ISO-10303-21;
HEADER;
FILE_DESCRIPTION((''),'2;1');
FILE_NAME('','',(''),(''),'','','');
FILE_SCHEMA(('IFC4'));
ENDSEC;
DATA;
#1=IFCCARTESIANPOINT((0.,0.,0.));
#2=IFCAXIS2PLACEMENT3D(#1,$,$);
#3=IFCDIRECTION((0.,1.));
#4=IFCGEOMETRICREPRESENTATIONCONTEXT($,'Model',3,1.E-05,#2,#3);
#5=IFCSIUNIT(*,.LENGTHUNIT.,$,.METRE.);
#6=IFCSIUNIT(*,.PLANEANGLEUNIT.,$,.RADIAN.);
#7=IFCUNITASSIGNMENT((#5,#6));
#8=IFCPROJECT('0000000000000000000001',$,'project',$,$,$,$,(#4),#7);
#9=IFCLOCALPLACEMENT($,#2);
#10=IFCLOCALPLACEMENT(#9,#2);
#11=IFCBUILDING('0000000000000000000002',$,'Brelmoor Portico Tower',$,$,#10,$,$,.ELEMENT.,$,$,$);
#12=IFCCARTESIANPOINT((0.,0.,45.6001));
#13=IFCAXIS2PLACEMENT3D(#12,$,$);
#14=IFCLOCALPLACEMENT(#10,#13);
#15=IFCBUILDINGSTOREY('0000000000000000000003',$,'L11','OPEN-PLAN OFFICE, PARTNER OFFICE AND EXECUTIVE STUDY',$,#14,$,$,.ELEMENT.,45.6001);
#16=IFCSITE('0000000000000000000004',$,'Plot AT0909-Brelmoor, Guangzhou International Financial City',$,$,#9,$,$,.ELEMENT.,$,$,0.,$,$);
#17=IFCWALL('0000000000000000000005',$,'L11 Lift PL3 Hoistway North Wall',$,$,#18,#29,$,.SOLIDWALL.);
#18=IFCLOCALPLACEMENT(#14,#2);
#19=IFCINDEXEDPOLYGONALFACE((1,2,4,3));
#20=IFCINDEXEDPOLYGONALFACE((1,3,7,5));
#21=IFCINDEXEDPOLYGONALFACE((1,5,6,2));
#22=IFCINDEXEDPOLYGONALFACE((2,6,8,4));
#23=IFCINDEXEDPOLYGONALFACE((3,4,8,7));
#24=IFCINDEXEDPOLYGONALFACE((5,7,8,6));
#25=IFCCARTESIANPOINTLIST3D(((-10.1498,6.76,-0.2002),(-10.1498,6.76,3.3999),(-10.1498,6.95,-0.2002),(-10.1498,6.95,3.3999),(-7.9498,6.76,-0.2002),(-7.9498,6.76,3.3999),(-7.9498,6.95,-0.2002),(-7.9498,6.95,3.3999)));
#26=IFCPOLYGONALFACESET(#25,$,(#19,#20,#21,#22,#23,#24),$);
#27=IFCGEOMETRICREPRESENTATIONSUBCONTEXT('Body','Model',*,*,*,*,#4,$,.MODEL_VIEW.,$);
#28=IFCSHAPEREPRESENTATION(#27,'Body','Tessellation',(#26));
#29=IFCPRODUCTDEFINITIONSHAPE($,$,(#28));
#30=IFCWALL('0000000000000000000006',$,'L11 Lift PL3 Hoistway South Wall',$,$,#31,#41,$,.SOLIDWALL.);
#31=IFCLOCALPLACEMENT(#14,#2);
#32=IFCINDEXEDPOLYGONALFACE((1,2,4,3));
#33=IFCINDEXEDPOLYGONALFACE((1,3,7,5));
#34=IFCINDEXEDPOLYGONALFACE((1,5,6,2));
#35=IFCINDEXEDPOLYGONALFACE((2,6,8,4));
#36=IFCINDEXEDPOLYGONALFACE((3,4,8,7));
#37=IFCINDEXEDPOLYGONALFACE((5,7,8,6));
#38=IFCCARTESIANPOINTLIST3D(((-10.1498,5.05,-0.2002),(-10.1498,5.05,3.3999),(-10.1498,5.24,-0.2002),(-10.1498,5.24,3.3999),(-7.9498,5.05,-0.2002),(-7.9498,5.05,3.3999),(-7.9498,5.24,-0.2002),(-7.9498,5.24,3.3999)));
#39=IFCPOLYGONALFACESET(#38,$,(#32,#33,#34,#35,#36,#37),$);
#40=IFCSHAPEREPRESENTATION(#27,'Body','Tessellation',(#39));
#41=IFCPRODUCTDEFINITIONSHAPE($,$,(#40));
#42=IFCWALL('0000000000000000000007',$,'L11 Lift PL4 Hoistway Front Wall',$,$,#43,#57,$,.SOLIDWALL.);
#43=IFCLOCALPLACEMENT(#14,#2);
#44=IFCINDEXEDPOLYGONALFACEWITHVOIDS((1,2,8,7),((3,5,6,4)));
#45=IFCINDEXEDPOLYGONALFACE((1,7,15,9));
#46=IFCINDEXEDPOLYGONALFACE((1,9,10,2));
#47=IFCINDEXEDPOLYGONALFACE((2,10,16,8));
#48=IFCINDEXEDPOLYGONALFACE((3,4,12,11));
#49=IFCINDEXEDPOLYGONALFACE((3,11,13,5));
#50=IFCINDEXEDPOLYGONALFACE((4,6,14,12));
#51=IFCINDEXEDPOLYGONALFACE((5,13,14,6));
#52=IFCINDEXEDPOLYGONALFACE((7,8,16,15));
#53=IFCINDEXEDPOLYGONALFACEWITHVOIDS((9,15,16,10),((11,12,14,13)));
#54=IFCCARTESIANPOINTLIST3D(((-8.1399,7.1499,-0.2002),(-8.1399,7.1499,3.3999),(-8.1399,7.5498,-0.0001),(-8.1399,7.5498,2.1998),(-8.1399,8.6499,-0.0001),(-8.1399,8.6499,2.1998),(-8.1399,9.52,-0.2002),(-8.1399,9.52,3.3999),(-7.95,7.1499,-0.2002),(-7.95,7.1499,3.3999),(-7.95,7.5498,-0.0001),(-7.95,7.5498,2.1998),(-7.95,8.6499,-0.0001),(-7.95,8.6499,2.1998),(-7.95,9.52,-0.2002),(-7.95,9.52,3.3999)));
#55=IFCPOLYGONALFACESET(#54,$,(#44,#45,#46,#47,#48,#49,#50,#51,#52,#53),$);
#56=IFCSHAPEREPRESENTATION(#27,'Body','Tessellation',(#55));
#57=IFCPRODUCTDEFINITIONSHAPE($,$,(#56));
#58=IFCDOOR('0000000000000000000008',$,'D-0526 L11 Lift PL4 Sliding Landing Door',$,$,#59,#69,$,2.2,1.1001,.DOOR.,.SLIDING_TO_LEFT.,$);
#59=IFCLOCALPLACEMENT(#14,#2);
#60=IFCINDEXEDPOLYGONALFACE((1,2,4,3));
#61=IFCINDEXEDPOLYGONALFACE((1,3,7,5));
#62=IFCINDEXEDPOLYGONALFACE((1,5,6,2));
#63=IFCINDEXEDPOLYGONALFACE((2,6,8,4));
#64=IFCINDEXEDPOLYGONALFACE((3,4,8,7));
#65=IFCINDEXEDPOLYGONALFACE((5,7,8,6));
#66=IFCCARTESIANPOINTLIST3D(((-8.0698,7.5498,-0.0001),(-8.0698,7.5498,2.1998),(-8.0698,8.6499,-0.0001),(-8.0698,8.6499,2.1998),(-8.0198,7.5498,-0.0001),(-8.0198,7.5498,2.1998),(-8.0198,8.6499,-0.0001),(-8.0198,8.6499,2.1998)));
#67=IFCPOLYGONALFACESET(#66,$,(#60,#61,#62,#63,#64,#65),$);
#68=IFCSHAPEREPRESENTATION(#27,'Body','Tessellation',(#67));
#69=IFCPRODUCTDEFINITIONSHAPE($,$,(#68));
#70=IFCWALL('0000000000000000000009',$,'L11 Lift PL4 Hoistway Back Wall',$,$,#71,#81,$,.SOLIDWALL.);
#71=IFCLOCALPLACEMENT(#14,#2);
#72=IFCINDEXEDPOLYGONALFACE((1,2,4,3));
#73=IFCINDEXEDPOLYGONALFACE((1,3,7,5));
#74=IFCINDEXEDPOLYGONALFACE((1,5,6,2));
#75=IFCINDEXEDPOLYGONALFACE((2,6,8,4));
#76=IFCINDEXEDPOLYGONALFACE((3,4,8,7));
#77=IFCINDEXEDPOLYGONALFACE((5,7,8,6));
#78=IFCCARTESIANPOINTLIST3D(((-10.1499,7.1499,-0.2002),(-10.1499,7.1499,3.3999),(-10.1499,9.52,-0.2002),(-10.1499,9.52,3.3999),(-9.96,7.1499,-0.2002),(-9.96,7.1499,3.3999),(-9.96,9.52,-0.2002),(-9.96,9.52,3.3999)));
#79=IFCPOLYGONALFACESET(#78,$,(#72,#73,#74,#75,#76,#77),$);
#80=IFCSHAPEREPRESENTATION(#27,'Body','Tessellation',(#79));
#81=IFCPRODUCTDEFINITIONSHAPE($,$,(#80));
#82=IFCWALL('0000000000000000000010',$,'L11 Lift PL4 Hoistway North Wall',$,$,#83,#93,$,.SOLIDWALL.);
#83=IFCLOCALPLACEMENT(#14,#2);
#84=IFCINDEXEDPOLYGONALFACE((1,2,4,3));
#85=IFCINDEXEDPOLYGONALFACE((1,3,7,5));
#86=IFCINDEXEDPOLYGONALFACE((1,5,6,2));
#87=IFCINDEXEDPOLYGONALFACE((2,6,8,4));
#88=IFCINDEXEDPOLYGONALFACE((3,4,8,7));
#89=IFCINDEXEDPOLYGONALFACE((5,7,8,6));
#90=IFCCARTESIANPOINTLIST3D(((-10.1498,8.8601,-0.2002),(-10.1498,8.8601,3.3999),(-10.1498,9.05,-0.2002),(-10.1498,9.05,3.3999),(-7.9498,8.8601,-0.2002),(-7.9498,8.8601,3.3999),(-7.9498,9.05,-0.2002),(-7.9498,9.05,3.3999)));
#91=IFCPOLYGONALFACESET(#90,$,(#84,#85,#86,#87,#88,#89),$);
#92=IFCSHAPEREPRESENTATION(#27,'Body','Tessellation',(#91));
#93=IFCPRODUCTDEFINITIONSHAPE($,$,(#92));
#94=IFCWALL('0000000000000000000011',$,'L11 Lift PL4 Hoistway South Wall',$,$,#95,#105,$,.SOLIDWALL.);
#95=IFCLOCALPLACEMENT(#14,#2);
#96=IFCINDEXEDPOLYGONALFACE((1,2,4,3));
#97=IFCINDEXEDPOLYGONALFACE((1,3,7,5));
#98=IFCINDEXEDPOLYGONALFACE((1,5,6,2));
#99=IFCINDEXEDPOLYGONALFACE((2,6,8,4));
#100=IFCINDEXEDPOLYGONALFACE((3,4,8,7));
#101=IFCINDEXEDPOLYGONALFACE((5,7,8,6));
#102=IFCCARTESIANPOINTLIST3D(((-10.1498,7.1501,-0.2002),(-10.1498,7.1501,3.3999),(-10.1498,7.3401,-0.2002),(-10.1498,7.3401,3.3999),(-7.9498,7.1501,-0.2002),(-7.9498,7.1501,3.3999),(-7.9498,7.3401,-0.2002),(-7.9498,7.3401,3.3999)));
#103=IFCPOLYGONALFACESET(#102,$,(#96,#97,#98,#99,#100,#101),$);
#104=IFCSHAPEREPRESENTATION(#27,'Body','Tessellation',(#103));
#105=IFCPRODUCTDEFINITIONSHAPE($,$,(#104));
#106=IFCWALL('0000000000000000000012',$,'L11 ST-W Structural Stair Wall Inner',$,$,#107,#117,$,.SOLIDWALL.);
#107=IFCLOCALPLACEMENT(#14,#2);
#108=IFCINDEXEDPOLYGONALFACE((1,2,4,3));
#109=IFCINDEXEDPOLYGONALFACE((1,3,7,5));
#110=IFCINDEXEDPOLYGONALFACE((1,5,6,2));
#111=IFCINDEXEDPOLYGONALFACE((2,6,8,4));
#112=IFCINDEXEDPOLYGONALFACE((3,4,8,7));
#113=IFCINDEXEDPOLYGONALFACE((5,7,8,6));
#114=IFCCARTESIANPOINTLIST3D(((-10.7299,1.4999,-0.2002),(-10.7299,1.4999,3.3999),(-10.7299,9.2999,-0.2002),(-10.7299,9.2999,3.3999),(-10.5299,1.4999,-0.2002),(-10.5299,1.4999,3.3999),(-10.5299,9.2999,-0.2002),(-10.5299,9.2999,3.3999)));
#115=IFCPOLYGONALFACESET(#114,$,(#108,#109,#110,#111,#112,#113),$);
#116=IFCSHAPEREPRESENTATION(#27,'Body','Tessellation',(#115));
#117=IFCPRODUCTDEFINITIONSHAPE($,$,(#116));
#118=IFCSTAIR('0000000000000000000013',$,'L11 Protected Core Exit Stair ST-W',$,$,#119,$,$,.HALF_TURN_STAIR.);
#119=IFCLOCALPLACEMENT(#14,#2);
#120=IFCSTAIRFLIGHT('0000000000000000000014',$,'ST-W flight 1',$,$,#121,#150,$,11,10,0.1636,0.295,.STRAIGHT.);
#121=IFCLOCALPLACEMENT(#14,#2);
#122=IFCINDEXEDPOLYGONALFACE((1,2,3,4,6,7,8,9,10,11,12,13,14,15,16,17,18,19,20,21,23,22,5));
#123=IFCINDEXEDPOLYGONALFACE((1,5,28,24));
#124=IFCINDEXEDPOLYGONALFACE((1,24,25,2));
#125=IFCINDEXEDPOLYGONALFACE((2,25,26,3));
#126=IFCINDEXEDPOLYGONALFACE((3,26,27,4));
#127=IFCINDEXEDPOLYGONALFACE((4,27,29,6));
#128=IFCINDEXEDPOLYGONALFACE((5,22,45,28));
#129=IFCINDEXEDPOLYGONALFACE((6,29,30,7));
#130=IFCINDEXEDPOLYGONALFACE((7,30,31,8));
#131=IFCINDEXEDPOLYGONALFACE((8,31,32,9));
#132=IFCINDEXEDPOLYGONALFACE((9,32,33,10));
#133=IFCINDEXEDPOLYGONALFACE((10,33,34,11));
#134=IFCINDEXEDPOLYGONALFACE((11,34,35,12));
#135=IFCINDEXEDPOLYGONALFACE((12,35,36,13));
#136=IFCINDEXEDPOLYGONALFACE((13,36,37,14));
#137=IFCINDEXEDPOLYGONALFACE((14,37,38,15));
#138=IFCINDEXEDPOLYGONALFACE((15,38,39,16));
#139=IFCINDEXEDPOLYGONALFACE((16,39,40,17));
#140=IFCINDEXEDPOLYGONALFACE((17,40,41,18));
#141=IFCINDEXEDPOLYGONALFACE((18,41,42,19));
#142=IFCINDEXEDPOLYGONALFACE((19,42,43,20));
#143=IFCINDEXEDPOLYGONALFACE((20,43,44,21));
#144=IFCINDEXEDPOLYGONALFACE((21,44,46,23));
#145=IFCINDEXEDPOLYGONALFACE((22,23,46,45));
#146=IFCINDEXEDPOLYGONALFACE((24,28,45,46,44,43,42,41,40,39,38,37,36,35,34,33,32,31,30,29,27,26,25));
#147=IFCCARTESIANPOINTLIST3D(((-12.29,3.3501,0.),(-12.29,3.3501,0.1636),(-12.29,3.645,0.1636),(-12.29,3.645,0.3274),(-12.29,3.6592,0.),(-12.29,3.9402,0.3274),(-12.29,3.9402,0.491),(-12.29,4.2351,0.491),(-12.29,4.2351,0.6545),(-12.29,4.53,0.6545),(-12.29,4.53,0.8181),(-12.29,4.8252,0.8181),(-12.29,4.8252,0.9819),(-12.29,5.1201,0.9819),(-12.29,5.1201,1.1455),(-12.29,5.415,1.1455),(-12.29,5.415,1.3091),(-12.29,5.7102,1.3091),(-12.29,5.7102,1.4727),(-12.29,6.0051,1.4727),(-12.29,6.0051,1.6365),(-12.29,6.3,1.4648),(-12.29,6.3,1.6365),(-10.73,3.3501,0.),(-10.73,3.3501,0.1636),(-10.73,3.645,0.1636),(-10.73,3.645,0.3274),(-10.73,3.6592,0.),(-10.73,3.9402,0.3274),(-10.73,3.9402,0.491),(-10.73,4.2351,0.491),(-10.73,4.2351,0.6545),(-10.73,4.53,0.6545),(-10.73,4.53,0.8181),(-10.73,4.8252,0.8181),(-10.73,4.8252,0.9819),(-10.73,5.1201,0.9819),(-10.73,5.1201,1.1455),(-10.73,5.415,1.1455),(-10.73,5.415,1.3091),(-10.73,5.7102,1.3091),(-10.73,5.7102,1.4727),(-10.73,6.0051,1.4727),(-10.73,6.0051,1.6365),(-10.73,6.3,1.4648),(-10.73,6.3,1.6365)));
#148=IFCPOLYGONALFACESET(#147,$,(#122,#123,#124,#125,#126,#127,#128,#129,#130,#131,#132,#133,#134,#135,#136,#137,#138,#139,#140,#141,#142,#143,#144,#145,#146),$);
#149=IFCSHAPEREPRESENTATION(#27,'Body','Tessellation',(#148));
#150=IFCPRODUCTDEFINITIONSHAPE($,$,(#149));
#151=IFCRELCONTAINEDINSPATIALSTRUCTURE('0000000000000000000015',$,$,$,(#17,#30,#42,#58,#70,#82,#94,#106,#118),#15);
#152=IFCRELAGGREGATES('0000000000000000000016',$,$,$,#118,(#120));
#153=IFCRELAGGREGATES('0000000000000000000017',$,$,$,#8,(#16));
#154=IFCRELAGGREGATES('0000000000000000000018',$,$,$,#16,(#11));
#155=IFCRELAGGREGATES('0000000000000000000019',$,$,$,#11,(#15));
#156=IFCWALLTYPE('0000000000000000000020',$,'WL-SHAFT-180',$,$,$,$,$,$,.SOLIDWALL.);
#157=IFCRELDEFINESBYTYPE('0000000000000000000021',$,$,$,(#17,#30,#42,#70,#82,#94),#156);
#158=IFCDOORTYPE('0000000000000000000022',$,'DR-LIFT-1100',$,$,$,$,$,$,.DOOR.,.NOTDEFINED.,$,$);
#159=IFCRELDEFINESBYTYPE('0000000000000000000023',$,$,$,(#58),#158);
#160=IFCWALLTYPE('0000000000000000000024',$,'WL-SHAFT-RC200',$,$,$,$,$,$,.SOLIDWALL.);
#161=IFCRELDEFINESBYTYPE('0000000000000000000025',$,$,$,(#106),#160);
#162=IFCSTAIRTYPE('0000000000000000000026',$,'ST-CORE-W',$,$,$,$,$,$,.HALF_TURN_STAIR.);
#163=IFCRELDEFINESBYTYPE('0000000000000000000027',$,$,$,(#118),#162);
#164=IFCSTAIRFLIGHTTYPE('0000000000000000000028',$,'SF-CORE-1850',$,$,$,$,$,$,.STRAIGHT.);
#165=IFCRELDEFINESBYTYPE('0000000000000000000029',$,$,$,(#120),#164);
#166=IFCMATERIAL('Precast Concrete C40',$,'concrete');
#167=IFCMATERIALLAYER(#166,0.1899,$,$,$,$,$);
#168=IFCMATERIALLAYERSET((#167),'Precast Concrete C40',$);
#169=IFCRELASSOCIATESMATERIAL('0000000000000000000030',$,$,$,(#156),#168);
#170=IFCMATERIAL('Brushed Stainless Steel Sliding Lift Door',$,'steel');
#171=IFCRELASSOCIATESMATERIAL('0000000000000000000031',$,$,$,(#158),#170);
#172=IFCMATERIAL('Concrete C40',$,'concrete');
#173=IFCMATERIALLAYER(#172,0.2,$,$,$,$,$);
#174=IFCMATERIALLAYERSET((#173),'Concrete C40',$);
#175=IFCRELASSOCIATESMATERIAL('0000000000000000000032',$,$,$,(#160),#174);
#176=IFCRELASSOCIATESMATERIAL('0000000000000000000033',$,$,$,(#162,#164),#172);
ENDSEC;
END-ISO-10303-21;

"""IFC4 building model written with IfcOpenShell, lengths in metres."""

from ifc_helpers import new_model, si_unit, direction, frame, frame_2d, origin, place, context, subcontext, project, spatial, polyline, rectangle, outline, extrude, material, layer, layer_set, type_object, element, fill, aggregate, save


model = new_model("IFC4")

# Units and contexts
model_context = context("Model", 3, precision=1e-05, world=origin(), true_north=direction((0.0, 1.0)))
body_context = subcontext(model_context, "Body", "Model", "MODEL_VIEW")
ifc_project = project(units=[si_unit("LENGTHUNIT", "METRE"), si_unit("PLANEANGLEUNIT", "RADIAN")], contexts=[model_context])

# Site, building, storey
site_placement = place(None, origin())
site = spatial("IfcSite", under=ifc_project, at=site_placement, Name="Plot AT0909-Brelmoor, Guangzhou International Financial City", CompositionType="ELEMENT", RefElevation=0.0)
building_placement = place(site_placement, origin())
building = spatial("IfcBuilding", under=site, at=building_placement, Name="Brelmoor Portico Tower", CompositionType="ELEMENT")
storey_placement = place(building_placement, frame((0.0, 0.0, 45.6001)))
storey = spatial("IfcBuildingStorey", under=building, at=storey_placement, Name="L11", Description="OPEN-PLAN OFFICE, PARTNER OFFICE AND EXECUTIVE STUDY", CompositionType="ELEMENT", Elevation=45.6001)

# Shared definitions
ifc_material_1 = material(Name="Precast Concrete C40", Category="concrete")
ifc_layer_1 = layer(ifc_material_1, 0.1899)
ifc_layer_set_1 = layer_set([ifc_layer_1], Name="Precast Concrete C40")
wall_type_1 = type_object("IfcWallType", Name="WL-SHAFT-180", PredefinedType="SOLIDWALL", material=ifc_layer_set_1)
ifc_material_2 = material(Name="Brushed Stainless Steel Sliding Lift Door", Category="steel")
door_type_1 = type_object("IfcDoorType", Name="DR-LIFT-1100", OperationType="NOTDEFINED", PredefinedType="DOOR", material=ifc_material_2)

# Walls
for number, where, z_axis, x_axis, name in (
    (1, (-10.1499, 6.855, -0.2002), (0.0, 0.0, 1.0), (1.0, 0.0, 0.0), "L11 Lift PL3 Hoistway North Wall"),
    (2, (-10.1499, 5.145, -0.2002), (0.0, 0.0, 1.0), (1.0, 0.0, 0.0), "L11 Lift PL3 Hoistway South Wall"),
):
    element("IfcWall", number, at=place(storey_placement, frame(where, z_axis=z_axis, x_axis=x_axis)), inside=storey, type_object=wall_type_1, Name=name, PredefinedType="SOLIDWALL", context=body_context, shape_type="SweptSolid", body=[
        extrude(rectangle(XDim=2.2, YDim=0.1899, at=frame_2d((1.1001, 0.0))), origin(), (0.0, 0.0, 1.0), 3.6001),
    ])

# Wall, opening, door
wall_1_placement = place(storey_placement, frame((-8.0449, 7.1499, -0.2002), z_axis=(0.0, 0.0, 1.0), x_axis=(0.0, 1.0, 0.0)))
wall_1 = element("IfcWall", 3, at=wall_1_placement, inside=storey, type_object=wall_type_1, Name="L11 Lift PL4 Hoistway Front Wall", PredefinedType="SOLIDWALL", context=body_context, shape_type="SweptSolid", body=[
    extrude(rectangle(XDim=2.3701, YDim=0.1899, at=frame_2d((1.1851, 0.0))), origin(), (0.0, 0.0, 1.0), 3.6001),
])
opening_1_placement = place(wall_1_placement, frame((0.3999, 0.0, 0.2)))
opening_1 = element("IfcOpeningElement", 4, at=opening_1_placement, cuts=wall_1, PredefinedType="OPENING", context=body_context, shape_type="SweptSolid", body=[
    extrude(rectangle(XDim=1.1001, YDim=2.2, at=frame_2d((0.55, 1.1001))), frame((0.0, 0.105, 0.0), z_axis=(0.0, -1.0, 0.0), x_axis=(1.0, 0.0, 0.0)), (0.0, 0.0, 1.0), 0.21),
])
door_1_placement = place(opening_1_placement, origin())
door_1 = element("IfcDoor", 5, at=door_1_placement, inside=storey, type_object=door_type_1, Name="D-0526 L11 Lift PL4 Sliding Landing Door", OperationType="SLIDING_TO_LEFT", OverallHeight=2.2, OverallWidth=1.1001, PredefinedType="DOOR", context=body_context, shape_type="SweptSolid", body=[
    extrude(rectangle(XDim=1.1001, YDim=2.2, at=frame_2d((0.55, 1.1001))), frame((0.0, 0.0249, 0.0), z_axis=(0.0, -1.0, 0.0), x_axis=(1.0, 0.0, 0.0)), (0.0, 0.0, 1.0), 0.05),
])
fill(opening_1, door_1)

# Walls
wall_2_placement = place(storey_placement, frame((-10.0549, 7.1499, -0.2002), z_axis=(0.0, 0.0, 1.0), x_axis=(0.0, 1.0, 0.0)))
element("IfcWall", 6, at=wall_2_placement, inside=storey, type_object=wall_type_1, Name="L11 Lift PL4 Hoistway Back Wall", PredefinedType="SOLIDWALL", context=body_context, shape_type="SweptSolid", body=[
    extrude(rectangle(XDim=2.3701, YDim=0.1899, at=frame_2d((1.1851, 0.0))), origin(), (0.0, 0.0, 1.0), 3.6001),
])
for number, where, z_axis, x_axis, name in (
    (7, (-10.1499, 8.9551, -0.2002), (0.0, 0.0, 1.0), (1.0, 0.0, 0.0), "L11 Lift PL4 Hoistway North Wall"),
    (8, (-10.1499, 7.2451, -0.2002), (0.0, 0.0, 1.0), (1.0, 0.0, 0.0), "L11 Lift PL4 Hoistway South Wall"),
):
    element("IfcWall", number, at=place(storey_placement, frame(where, z_axis=z_axis, x_axis=x_axis)), inside=storey, type_object=wall_type_1, Name=name, PredefinedType="SOLIDWALL", context=body_context, shape_type="SweptSolid", body=[
        extrude(rectangle(XDim=2.2, YDim=0.1899, at=frame_2d((1.1001, 0.0))), origin(), (0.0, 0.0, 1.0), 3.6001),
    ])
ifc_material_3 = material(Name="Concrete C40", Category="concrete")
ifc_layer_2 = layer(ifc_material_3, 0.2)
ifc_layer_set_2 = layer_set([ifc_layer_2], Name="Concrete C40")
wall_type_2 = type_object("IfcWallType", Name="WL-SHAFT-RC200", PredefinedType="SOLIDWALL", material=ifc_layer_set_2)
wall_3_placement = place(storey_placement, frame((-10.6299, 1.5, -0.2002), z_axis=(0.0, 0.0, 1.0), x_axis=(0.0, 1.0, 0.0)))
element("IfcWall", 9, at=wall_3_placement, inside=storey, type_object=wall_type_2, Name="L11 ST-W Structural Stair Wall Inner", PredefinedType="SOLIDWALL", context=body_context, shape_type="SweptSolid", body=[
    extrude(rectangle(XDim=7.8, YDim=0.2, at=frame_2d((3.8999, 0.0))), origin(), (0.0, 0.0, 1.0), 3.6001),
])

# Stair, stair flight
stair_type = type_object("IfcStairType", Name="ST-CORE-W", PredefinedType="HALF_TURN_STAIR", material=ifc_material_3)
stair_placement = place(storey_placement, origin())
stair = element("IfcStair", 10, at=stair_placement, inside=storey, type_object=stair_type, Name="L11 Protected Core Exit Stair ST-W", PredefinedType="HALF_TURN_STAIR")
stair_flight_type = type_object("IfcStairFlightType", Name="SF-CORE-1850", PredefinedType="STRAIGHT", material=ifc_material_3)
stair_flight_placement = place(storey_placement, frame((-11.51, 3.3501, 0.0), z_axis=(0.0, 0.0, 1.0), x_axis=(0.0, 1.0, 0.0)))
stair_flight = element("IfcStairFlight", 11, at=stair_flight_placement, type_object=stair_flight_type, Name="ST-W flight 1", NumberOfRisers=11, NumberOfTreads=10, PredefinedType="STRAIGHT", RiserHeight=0.1636, TreadLength=0.295, context=body_context, shape_type="SweptSolid", body=[
    extrude(outline(polyline([(0.0, 0.0), (0.0, 0.1636), (0.2949, 0.1636), (0.2949, 0.3274), (0.5901, 0.3274), (0.5901, 0.491), (0.885, 0.491), (0.885, 0.6545), (1.1799, 0.6545), (1.1799, 0.8181), (1.4751, 0.8181), (1.4751, 0.9819), (1.77, 0.9819), (1.77, 1.1455), (2.0649, 1.1455), (2.0649, 1.3091), (2.3601, 1.3091), (2.3601, 1.4727), (2.655, 1.4727), (2.655, 1.6365), (2.95, 1.6365), (2.95, 1.8), (2.95, 1.4648), (0.3091, 0.0), (0.0, 0.0)])), frame((0.0, 0.78, 0.0), z_axis=(0.0, -1.0, 0.0), x_axis=(1.0, 0.0, 0.0)), (0.0, 0.0, 1.0), 1.5601),
])
aggregate(stair, [stair_flight])

save(model, "model.ifc")
